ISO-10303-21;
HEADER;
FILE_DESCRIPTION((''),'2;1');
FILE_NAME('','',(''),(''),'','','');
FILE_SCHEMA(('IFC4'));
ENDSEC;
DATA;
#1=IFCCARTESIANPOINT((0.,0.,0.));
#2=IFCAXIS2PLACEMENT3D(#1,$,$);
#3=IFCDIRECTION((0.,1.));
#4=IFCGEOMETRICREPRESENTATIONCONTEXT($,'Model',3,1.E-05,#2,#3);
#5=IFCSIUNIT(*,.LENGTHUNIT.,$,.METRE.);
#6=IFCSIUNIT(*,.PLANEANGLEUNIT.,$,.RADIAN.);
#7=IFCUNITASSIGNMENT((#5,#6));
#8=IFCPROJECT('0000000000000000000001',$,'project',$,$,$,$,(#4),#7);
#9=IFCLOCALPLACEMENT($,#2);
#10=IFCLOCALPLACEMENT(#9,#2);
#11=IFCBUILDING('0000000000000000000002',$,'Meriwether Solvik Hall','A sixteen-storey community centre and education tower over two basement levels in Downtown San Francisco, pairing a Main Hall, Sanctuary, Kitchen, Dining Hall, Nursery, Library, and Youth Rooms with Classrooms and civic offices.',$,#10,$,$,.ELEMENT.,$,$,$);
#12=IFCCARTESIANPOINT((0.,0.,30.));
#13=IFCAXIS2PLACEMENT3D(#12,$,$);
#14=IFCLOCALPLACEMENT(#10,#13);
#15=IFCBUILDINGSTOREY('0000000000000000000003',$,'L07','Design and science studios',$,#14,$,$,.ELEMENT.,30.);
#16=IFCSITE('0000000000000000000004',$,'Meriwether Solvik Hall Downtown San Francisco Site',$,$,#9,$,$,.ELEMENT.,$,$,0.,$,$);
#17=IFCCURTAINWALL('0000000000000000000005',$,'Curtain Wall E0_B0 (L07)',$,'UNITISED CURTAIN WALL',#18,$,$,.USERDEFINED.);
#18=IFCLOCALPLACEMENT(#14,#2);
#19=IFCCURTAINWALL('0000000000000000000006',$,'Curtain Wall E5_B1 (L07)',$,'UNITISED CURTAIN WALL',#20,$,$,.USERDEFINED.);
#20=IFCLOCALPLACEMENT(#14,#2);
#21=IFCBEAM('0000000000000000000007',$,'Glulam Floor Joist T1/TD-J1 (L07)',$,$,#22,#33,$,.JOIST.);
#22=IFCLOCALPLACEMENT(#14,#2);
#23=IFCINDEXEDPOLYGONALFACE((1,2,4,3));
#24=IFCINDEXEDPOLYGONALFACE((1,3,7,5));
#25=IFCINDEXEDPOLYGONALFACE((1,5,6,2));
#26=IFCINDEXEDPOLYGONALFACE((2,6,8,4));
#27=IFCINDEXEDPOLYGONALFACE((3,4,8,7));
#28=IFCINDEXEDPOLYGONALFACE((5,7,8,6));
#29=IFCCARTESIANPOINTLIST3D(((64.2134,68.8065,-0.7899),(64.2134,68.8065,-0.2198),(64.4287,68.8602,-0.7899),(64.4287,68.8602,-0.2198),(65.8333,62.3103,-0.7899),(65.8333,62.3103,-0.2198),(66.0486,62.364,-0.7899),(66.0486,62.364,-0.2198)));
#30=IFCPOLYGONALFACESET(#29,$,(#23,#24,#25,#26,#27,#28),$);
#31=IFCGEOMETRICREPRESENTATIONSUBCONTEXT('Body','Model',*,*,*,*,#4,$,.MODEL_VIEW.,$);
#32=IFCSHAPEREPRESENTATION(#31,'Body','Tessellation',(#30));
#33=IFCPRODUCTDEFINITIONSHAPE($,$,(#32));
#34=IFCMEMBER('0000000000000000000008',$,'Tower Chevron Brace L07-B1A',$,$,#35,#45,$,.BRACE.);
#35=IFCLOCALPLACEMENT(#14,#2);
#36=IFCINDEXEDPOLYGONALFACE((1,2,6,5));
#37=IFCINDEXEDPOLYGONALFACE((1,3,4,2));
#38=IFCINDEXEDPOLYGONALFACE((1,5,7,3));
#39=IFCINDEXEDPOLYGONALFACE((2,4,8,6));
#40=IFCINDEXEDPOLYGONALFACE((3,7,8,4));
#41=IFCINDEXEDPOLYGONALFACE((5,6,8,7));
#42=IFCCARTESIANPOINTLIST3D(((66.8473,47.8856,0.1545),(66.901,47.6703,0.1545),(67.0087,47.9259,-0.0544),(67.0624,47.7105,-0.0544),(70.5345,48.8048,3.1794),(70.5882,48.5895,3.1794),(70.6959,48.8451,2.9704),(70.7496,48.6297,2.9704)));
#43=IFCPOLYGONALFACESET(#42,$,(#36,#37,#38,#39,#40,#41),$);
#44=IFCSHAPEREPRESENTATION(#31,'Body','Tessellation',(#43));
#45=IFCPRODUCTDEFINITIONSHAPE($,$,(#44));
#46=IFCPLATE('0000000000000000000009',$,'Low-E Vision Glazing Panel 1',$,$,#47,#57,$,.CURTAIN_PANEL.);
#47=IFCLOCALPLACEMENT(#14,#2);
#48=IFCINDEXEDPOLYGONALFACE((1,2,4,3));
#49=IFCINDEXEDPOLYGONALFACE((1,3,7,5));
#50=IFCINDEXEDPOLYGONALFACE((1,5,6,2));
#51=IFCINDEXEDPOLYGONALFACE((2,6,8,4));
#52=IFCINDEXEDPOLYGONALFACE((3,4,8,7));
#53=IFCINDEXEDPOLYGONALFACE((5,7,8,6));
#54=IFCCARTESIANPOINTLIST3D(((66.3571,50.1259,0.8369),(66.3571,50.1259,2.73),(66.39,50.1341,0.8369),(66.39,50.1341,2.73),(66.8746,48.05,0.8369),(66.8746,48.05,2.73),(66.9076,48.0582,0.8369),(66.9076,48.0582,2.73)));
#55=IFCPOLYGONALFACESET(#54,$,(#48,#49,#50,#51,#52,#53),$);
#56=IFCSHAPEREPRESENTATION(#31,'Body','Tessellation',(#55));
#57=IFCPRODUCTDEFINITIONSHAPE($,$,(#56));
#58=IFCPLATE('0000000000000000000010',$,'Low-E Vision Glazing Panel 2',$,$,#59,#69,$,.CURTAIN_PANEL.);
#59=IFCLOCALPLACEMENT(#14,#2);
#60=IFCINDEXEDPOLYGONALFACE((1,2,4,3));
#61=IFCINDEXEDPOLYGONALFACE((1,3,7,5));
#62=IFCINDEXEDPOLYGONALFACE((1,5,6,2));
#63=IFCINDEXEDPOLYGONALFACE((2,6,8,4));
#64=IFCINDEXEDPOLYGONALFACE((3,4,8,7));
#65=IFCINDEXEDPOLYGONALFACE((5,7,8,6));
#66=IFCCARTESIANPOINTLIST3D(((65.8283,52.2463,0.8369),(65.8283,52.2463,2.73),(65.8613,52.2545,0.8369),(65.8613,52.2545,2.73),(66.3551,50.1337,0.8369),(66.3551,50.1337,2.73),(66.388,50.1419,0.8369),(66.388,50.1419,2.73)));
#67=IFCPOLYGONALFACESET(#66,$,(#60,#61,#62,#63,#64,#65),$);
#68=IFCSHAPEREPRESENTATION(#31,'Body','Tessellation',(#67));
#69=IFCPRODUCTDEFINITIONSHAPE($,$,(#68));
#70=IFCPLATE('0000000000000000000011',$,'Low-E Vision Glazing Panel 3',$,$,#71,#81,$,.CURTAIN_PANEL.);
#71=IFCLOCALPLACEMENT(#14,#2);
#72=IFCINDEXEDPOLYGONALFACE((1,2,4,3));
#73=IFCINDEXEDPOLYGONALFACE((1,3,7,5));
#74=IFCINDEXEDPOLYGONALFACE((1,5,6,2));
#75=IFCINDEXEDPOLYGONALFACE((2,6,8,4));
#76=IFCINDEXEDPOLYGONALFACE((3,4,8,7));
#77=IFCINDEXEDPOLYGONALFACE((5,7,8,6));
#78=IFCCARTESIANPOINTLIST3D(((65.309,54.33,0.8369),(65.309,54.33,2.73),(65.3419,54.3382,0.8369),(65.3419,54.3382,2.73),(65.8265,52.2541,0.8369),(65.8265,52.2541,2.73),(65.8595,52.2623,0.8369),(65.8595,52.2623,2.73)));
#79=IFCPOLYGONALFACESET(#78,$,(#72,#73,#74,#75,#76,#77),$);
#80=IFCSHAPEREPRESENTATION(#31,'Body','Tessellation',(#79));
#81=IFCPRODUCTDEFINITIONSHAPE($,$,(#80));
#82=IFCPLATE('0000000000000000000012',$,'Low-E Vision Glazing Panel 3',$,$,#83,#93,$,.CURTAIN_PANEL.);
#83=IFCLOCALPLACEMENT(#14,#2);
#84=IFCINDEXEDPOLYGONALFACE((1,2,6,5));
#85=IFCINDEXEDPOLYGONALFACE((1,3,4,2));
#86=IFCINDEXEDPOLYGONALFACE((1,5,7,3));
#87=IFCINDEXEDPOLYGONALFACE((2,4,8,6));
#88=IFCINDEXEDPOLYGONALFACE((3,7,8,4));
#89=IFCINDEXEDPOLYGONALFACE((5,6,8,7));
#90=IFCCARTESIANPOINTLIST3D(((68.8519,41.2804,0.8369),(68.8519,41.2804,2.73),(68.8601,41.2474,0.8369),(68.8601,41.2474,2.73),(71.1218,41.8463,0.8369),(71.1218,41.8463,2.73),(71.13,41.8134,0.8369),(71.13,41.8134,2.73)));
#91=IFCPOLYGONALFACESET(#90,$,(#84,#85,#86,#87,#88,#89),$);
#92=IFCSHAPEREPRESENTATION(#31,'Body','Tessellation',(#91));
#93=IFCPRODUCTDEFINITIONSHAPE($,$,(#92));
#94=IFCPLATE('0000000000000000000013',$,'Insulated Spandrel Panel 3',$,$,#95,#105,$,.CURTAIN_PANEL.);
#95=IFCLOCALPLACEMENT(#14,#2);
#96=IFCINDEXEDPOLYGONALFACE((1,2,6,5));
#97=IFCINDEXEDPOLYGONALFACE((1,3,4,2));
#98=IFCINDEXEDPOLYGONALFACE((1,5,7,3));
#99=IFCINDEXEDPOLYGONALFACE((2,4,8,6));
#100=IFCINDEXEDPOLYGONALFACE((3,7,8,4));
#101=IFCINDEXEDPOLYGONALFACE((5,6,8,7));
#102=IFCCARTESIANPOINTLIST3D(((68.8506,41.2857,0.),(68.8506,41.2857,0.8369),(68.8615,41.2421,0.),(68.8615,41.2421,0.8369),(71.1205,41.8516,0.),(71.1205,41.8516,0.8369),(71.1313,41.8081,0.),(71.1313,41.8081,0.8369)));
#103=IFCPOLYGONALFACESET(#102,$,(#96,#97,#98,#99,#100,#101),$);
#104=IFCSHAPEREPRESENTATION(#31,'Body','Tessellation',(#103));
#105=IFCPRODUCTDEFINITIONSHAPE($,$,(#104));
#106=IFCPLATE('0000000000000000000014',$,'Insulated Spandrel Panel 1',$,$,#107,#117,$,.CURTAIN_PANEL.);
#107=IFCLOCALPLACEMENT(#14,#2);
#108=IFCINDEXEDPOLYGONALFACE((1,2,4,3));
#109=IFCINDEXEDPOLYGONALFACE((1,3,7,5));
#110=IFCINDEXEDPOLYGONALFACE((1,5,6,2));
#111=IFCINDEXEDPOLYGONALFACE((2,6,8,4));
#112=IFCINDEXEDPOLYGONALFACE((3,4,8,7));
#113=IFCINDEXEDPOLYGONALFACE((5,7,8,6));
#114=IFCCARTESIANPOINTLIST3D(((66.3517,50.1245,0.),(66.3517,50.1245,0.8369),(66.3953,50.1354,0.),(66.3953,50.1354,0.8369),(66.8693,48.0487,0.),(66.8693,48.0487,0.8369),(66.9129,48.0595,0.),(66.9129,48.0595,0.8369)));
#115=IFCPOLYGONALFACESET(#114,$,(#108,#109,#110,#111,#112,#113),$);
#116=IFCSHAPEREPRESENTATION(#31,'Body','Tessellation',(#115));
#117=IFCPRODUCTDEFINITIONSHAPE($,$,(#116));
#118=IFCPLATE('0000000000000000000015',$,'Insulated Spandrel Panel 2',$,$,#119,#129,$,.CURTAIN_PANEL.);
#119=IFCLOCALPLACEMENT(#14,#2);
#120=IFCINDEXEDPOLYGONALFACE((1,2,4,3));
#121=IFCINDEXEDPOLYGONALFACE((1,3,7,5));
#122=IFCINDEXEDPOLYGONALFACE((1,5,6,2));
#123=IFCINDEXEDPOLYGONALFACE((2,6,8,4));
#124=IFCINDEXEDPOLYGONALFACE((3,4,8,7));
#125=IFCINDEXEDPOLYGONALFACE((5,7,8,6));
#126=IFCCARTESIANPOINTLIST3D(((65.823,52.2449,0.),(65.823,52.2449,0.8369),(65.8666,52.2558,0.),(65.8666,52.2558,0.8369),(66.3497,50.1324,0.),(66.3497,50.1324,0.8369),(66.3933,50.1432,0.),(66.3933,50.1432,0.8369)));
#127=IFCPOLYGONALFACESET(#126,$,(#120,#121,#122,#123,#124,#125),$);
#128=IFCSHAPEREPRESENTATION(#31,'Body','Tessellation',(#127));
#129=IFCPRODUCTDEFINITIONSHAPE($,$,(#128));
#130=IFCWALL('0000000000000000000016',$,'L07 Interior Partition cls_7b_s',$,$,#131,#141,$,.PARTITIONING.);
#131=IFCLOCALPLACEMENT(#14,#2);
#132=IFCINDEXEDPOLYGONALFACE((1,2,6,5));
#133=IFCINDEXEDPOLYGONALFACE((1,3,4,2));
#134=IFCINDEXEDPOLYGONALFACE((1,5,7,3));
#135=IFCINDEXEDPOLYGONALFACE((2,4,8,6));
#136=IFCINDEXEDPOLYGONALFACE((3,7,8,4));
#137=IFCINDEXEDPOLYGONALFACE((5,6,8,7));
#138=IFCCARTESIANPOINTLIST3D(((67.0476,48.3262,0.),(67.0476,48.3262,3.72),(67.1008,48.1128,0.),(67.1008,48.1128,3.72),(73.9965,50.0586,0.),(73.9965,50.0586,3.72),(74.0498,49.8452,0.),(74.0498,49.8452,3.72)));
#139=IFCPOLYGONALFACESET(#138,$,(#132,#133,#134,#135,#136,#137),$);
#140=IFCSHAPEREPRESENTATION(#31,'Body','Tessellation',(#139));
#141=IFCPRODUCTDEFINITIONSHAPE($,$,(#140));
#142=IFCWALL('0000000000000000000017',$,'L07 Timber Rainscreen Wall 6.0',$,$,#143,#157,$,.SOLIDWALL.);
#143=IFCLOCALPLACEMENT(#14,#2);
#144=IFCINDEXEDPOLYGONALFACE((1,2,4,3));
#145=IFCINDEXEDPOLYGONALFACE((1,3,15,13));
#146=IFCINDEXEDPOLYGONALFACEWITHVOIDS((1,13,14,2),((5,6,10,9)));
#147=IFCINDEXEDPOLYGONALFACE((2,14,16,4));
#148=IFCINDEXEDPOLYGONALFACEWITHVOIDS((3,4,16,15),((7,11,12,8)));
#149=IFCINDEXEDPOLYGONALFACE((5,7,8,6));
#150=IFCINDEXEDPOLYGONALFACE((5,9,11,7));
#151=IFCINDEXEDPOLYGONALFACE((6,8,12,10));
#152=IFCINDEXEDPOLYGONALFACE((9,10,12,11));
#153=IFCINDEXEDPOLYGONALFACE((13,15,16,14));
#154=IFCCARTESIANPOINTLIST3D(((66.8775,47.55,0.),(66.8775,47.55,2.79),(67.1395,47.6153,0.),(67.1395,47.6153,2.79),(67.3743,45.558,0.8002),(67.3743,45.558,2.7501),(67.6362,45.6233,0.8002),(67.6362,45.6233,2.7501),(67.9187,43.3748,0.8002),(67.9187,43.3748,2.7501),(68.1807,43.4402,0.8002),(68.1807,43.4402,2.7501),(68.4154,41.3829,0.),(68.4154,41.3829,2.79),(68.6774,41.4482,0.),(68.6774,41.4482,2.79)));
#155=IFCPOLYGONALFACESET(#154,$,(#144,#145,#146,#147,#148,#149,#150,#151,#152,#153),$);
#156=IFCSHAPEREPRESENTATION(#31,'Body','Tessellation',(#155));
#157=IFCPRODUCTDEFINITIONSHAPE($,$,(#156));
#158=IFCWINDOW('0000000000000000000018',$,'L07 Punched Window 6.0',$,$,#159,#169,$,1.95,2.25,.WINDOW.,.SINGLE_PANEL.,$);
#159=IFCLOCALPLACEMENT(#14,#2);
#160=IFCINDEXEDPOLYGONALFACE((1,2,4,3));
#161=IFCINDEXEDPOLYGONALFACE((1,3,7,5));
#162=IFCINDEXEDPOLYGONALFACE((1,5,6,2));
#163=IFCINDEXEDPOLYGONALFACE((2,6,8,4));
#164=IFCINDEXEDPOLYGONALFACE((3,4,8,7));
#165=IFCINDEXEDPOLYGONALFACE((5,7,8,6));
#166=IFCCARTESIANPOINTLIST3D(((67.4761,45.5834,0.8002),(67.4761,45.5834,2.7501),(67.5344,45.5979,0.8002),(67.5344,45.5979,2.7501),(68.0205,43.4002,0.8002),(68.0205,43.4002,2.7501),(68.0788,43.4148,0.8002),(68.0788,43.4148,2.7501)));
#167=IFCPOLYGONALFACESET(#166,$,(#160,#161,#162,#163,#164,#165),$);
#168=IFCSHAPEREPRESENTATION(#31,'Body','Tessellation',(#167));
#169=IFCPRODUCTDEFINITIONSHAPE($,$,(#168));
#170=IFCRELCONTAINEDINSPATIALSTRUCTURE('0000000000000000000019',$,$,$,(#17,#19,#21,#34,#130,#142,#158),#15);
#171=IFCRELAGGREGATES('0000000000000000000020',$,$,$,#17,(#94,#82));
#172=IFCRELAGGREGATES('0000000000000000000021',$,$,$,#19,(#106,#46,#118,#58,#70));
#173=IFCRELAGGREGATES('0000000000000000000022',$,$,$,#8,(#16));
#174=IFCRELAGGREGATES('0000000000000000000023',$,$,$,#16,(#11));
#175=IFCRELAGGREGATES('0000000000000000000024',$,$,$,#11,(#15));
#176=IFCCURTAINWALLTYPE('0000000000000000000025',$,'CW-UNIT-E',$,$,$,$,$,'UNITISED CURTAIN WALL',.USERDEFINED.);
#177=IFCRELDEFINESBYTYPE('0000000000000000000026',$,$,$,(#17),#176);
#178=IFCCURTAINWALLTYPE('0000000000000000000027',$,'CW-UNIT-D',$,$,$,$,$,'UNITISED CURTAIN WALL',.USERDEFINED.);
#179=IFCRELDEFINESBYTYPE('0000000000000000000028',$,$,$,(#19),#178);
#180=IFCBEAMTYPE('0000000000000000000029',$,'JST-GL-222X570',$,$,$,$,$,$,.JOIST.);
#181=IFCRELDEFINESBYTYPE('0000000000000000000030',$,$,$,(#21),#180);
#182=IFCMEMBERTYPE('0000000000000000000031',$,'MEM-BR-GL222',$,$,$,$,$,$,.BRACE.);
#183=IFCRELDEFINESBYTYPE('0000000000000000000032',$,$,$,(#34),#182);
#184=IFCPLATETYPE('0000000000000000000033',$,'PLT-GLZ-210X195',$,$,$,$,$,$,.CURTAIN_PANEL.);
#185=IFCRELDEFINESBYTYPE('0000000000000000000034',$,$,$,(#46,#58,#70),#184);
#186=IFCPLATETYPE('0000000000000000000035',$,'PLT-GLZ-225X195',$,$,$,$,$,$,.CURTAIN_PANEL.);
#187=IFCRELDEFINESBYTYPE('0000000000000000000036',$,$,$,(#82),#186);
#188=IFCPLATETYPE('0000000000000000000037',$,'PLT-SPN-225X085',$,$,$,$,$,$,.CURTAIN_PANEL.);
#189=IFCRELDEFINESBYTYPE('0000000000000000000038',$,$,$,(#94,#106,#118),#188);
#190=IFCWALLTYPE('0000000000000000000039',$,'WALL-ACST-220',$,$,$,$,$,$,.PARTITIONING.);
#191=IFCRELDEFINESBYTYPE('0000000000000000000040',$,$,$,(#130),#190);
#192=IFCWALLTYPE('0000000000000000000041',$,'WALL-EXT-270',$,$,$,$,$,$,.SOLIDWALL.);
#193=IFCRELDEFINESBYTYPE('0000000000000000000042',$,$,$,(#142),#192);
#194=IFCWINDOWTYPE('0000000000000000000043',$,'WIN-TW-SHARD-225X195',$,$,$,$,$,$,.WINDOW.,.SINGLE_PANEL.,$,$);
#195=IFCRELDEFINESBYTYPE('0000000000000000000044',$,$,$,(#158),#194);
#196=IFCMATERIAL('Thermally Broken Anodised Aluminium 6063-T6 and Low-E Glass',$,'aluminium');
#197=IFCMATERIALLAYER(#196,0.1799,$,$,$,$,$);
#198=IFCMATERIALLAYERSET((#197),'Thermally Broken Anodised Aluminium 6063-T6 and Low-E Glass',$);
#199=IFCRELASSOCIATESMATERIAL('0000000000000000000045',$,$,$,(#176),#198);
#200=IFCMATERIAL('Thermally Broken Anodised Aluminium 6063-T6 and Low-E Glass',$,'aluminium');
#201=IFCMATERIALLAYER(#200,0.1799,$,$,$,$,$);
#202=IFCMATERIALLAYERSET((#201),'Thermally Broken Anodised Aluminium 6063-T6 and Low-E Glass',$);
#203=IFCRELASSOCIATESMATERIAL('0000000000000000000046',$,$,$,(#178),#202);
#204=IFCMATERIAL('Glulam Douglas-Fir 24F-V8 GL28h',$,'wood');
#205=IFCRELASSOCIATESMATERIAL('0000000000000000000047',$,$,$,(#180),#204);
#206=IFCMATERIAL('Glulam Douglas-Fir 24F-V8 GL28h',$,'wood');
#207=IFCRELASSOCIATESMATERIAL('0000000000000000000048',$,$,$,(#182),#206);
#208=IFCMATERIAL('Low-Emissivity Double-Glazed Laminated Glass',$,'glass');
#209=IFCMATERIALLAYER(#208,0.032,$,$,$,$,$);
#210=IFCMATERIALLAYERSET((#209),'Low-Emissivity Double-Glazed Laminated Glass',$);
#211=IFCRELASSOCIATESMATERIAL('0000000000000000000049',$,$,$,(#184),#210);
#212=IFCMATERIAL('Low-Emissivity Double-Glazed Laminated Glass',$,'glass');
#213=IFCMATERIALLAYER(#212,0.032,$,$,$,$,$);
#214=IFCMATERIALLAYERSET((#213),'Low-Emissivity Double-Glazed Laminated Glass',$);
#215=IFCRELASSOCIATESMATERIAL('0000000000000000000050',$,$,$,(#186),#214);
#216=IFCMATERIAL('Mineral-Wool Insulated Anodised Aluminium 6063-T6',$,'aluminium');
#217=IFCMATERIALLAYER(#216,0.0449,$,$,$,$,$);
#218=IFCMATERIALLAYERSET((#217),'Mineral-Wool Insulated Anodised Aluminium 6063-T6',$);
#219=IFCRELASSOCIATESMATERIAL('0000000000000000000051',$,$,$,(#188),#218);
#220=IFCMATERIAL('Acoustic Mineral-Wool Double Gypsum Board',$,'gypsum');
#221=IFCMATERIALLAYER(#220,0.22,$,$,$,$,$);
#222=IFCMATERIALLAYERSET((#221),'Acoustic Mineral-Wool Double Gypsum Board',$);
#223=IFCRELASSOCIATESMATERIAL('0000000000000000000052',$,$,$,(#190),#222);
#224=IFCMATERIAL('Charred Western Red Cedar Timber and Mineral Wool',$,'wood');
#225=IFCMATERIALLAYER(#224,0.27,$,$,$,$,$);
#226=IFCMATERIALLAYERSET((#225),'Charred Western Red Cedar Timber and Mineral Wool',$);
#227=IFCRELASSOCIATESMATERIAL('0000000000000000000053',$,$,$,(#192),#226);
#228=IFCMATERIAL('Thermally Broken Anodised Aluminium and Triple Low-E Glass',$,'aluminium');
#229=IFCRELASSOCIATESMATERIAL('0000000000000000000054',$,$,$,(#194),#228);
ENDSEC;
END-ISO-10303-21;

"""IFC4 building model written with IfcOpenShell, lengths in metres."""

from ifc_helpers import new_model, si_unit, direction, frame, frame_2d, origin, origin_2d, place, context, subcontext, project, spatial, rectangle, extrude, material, layer, layer_set, material_profile, profile_set, type_object, element, fill, aggregate, save


model = new_model("IFC4")

# Units and contexts
model_context = context("Model", 3, precision=1e-05, world=origin(), true_north=direction((0.0, 1.0)))
body_context = subcontext(model_context, "Body", "Model", "MODEL_VIEW")
ifc_project = project(units=[si_unit("LENGTHUNIT", "METRE"), si_unit("PLANEANGLEUNIT", "RADIAN")], contexts=[model_context])

# Site, building, storey
site_placement = place(None, origin())
site = spatial("IfcSite", under=ifc_project, at=site_placement, Name="Meriwether Solvik Hall Downtown San Francisco Site", CompositionType="ELEMENT", RefElevation=0.0)
building_placement = place(site_placement, origin())
building = spatial("IfcBuilding", under=site, at=building_placement, Name="Meriwether Solvik Hall", Description="A sixteen-storey community centre and education tower over two basement levels in Downtown San Francisco, pairing a Main Hall, Sanctuary, Kitchen, Dining Hall, Nursery, Library, and Youth Rooms with Classrooms and civic offices.", CompositionType="ELEMENT")
storey_placement = place(building_placement, frame((0.0, 0.0, 30.0)))
storey = spatial("IfcBuildingStorey", under=building, at=storey_placement, Name="L07", Description="Design and science studios", CompositionType="ELEMENT", Elevation=30.0)

# Curtain walls
ifc_material_1 = material(Name="Thermally Broken Anodised Aluminium 6063-T6 and Low-E Glass", Category="aluminium")
ifc_layer_1 = layer(ifc_material_1, 0.1799)
ifc_layer_set_1 = layer_set([ifc_layer_1], Name="Thermally Broken Anodised Aluminium 6063-T6 and Low-E Glass")
curtain_wall_type_1 = type_object("IfcCurtainWallType", Name="CW-UNIT-E", ElementType="UNITISED CURTAIN WALL", PredefinedType="USERDEFINED", material=ifc_layer_set_1)
curtain_wall_1_placement = place(storey_placement, origin())
curtain_wall_1 = element("IfcCurtainWall", 1, at=curtain_wall_1_placement, inside=storey, type_object=curtain_wall_type_1, Name="Curtain Wall E0_B0 (L07)", ObjectType="UNITISED CURTAIN WALL", PredefinedType="USERDEFINED")
ifc_material_2 = material(Name="Thermally Broken Anodised Aluminium 6063-T6 and Low-E Glass", Category="aluminium")
ifc_layer_2 = layer(ifc_material_2, 0.1799)
ifc_layer_set_2 = layer_set([ifc_layer_2], Name="Thermally Broken Anodised Aluminium 6063-T6 and Low-E Glass")
curtain_wall_type_2 = type_object("IfcCurtainWallType", Name="CW-UNIT-D", ElementType="UNITISED CURTAIN WALL", PredefinedType="USERDEFINED", material=ifc_layer_set_2)
curtain_wall_2_placement = place(storey_placement, origin())
curtain_wall_2 = element("IfcCurtainWall", 2, at=curtain_wall_2_placement, inside=storey, type_object=curtain_wall_type_2, Name="Curtain Wall E5_B1 (L07)", ObjectType="UNITISED CURTAIN WALL", PredefinedType="USERDEFINED")

# Beam
ifc_material_3 = material(Name="Glulam Douglas-Fir 24F-V8 GL28h", Category="wood")
ifc_material_profile_1 = material_profile(ifc_material_3, rectangle(XDim=0.2219, YDim=0.5701, at=origin_2d()), Name="GLJ-222X570")
ifc_profile_set_1 = profile_set([ifc_material_profile_1], Name="Glulam Douglas-Fir 24F-V8 GL28h")
beam_type_1 = type_object("IfcBeamType", Name="JST-GL-222X570", PredefinedType="JOIST", material=ifc_profile_set_1)
beam_1_placement = place(storey_placement, frame((65.9409, 62.3372, -0.5049), z_axis=(-0.241952, 0.970288, 0.0), x_axis=(-0.970288, -0.241952, 0.0)))
element("IfcBeam", 3, at=beam_1_placement, inside=storey, type_object=beam_type_1, Name="Glulam Floor Joist T1/TD-J1 (L07)", PredefinedType="JOIST", context=body_context, shape_type="SweptSolid", body=[
    extrude(rectangle(XDim=0.2219, YDim=0.5701, at=origin_2d()), origin(), (0.0, 0.0, 1.0), 6.6951),
])

# Member
ifc_material_4 = material(Name="Glulam Douglas-Fir 24F-V8 GL28h", Category="wood")
ifc_material_profile_2 = material_profile(ifc_material_4, rectangle(XDim=0.2219, YDim=0.2671, at=origin_2d()), Name="GLM-222X267")
ifc_profile_set_2 = profile_set([ifc_material_profile_2], Name="Glulam Douglas-Fir 24F-V8 GL28h")
member_type_1 = type_object("IfcMemberType", Name="MEM-BR-GL222", PredefinedType="BRACE", material=ifc_profile_set_2)
member_1_placement = place(storey_placement, frame((66.9548, 47.7981, 0.05), z_axis=(0.759158, 0.189249, 0.622788), x_axis=(-0.241886, 0.970305, 0.0)))
element("IfcMember", 4, at=member_1_placement, inside=storey, type_object=member_type_1, Name="Tower Chevron Brace L07-B1A", PredefinedType="BRACE", context=body_context, shape_type="SweptSolid", body=[
    extrude(rectangle(XDim=0.2219, YDim=0.2671, at=origin_2d()), origin(), (0.0, 0.0, 1.0), 4.8569),
])

# Plates
ifc_material_5 = material(Name="Low-Emissivity Double-Glazed Laminated Glass", Category="glass")
ifc_layer_3 = layer(ifc_material_5, 0.032)
ifc_layer_set_3 = layer_set([ifc_layer_3], Name="Low-Emissivity Double-Glazed Laminated Glass")
plate_type_1 = type_object("IfcPlateType", Name="PLT-GLZ-210X195", PredefinedType="CURTAIN_PANEL", material=ifc_layer_set_3)
plate_1_placement = place(storey_placement, frame((66.6323, 49.092, 0.8369), z_axis=(0.0, 0.0, 1.0), x_axis=(-0.241922, 0.970296, 0.0)))
plate_1 = element("IfcPlate", 5, at=plate_1_placement, type_object=plate_type_1, Name="Low-E Vision Glazing Panel 1", PredefinedType="CURTAIN_PANEL", context=body_context, shape_type="SweptSolid", body=[
    extrude(rectangle(XDim=2.1394, YDim=0.0339, at=origin_2d()), origin(), (0.0, 0.0, 1.0), 1.8931),
])
plate_2_placement = place(storey_placement, frame((66.1082, 51.1941, 0.8369), z_axis=(0.0, 0.0, 1.0), x_axis=(-0.241922, 0.970296, 0.0)))
plate_2 = element("IfcPlate", 6, at=plate_2_placement, type_object=plate_type_1, Name="Low-E Vision Glazing Panel 2", PredefinedType="CURTAIN_PANEL", context=body_context, shape_type="SweptSolid", body=[
    extrude(rectangle(XDim=2.1772, YDim=0.0339, at=origin_2d()), origin(), (0.0, 0.0, 1.0), 1.8931),
])
plate_3_placement = place(storey_placement, frame((65.5842, 53.2961, 0.8369), z_axis=(0.0, 0.0, 1.0), x_axis=(-0.241922, 0.970296, 0.0)))
plate_3 = element("IfcPlate", 7, at=plate_3_placement, type_object=plate_type_1, Name="Low-E Vision Glazing Panel 3", PredefinedType="CURTAIN_PANEL", context=body_context, shape_type="SweptSolid", body=[
    extrude(rectangle(XDim=2.1394, YDim=0.0339, at=origin_2d()), origin(), (0.0, 0.0, 1.0), 1.8931),
])
ifc_material_6 = material(Name="Low-Emissivity Double-Glazed Laminated Glass", Category="glass")
ifc_layer_4 = layer(ifc_material_6, 0.032)
ifc_layer_set_4 = layer_set([ifc_layer_4], Name="Low-Emissivity Double-Glazed Laminated Glass")
plate_type_2 = type_object("IfcPlateType", Name="PLT-GLZ-225X195", PredefinedType="CURTAIN_PANEL", material=ifc_layer_set_4)
plate_4_placement = place(storey_placement, frame((69.991, 41.5469, 0.8369), z_axis=(0.0, 0.0, 1.0), x_axis=(-0.970296, -0.241922, 0.0)))
plate_4 = element("IfcPlate", 8, at=plate_4_placement, type_object=plate_type_2, Name="Low-E Vision Glazing Panel 3", PredefinedType="CURTAIN_PANEL", context=body_context, shape_type="SweptSolid", body=[
    extrude(rectangle(XDim=2.3394, YDim=0.0339, at=origin_2d()), origin(), (0.0, 0.0, 1.0), 1.8931),
])
ifc_material_7 = material(Name="Mineral-Wool Insulated Anodised Aluminium 6063-T6", Category="aluminium")
ifc_layer_5 = layer(ifc_material_7, 0.0449)
ifc_layer_set_5 = layer_set([ifc_layer_5], Name="Mineral-Wool Insulated Anodised Aluminium 6063-T6")
plate_type_3 = type_object("IfcPlateType", Name="PLT-SPN-225X085", PredefinedType="CURTAIN_PANEL", material=ifc_layer_set_5)
plate_5_placement = place(storey_placement, frame((69.991, 41.5469, 0.0), z_axis=(0.0, 0.0, 1.0), x_axis=(-0.970296, -0.241922, 0.0)))
plate_5 = element("IfcPlate", 9, at=plate_5_placement, type_object=plate_type_3, Name="Insulated Spandrel Panel 3", PredefinedType="CURTAIN_PANEL", context=body_context, shape_type="SweptSolid", body=[
    extrude(rectangle(XDim=2.3394, YDim=0.0449, at=origin_2d()), origin(), (0.0, 0.0, 1.0), 0.8369),
])
aggregate(curtain_wall_1, [plate_5, plate_4])
plate_6_placement = place(storey_placement, frame((66.6323, 49.092, 0.0), z_axis=(0.0, 0.0, 1.0), x_axis=(-0.241922, 0.970296, 0.0)))
plate_6 = element("IfcPlate", 10, at=plate_6_placement, type_object=plate_type_3, Name="Insulated Spandrel Panel 1", PredefinedType="CURTAIN_PANEL", context=body_context, shape_type="SweptSolid", body=[
    extrude(rectangle(XDim=2.1394, YDim=0.0449, at=origin_2d()), origin(), (0.0, 0.0, 1.0), 0.8369),
])
plate_7_placement = place(storey_placement, frame((66.1082, 51.1941, 0.0), z_axis=(0.0, 0.0, 1.0), x_axis=(-0.241922, 0.970296, 0.0)))
plate_7 = element("IfcPlate", 11, at=plate_7_placement, type_object=plate_type_3, Name="Insulated Spandrel Panel 2", PredefinedType="CURTAIN_PANEL", context=body_context, shape_type="SweptSolid", body=[
    extrude(rectangle(XDim=2.1772, YDim=0.0449, at=origin_2d()), origin(), (0.0, 0.0, 1.0), 0.8369),
])
aggregate(curtain_wall_2, [plate_6, plate_1, plate_7, plate_2, plate_3])

# Wall
ifc_material_8 = material(Name="Acoustic Mineral-Wool Double Gypsum Board", Category="gypsum")
ifc_layer_6 = layer(ifc_material_8, 0.22)
ifc_layer_set_6 = layer_set([ifc_layer_6], Name="Acoustic Mineral-Wool Double Gypsum Board")
wall_type_1 = type_object("IfcWallType", Name="WALL-ACST-220", PredefinedType="PARTITIONING", material=ifc_layer_set_6)
wall_1_placement = place(storey_placement, frame((67.0742, 48.2195, 0.0), z_axis=(0.0, 0.0, 1.0), x_axis=(0.970301, 0.241902, 0.0)))
element("IfcWall", 12, at=wall_1_placement, inside=storey, type_object=wall_type_1, Name="L07 Interior Partition cls_7b_s", PredefinedType="PARTITIONING", context=body_context, shape_type="SweptSolid", body=[
    extrude(rectangle(XDim=7.1616, YDim=0.22, at=frame_2d((3.5808, 0.0))), origin(), (0.0, 0.0, 1.0), 3.72),
])

# Wall, opening, window
ifc_material_9 = material(Name="Charred Western Red Cedar Timber and Mineral Wool", Category="wood")
ifc_layer_7 = layer(ifc_material_9, 0.27)
ifc_layer_set_7 = layer_set([ifc_layer_7], Name="Charred Western Red Cedar Timber and Mineral Wool")
wall_type_2 = type_object("IfcWallType", Name="WALL-EXT-270", PredefinedType="SOLIDWALL", material=ifc_layer_set_7)
wall_2_placement = place(storey_placement, frame((68.5464, 41.4155, 0.0), z_axis=(0.0, 0.0, 1.0), x_axis=(-0.241957, 0.970287, 0.0)))
wall_2 = element("IfcWall", 13, at=wall_2_placement, inside=storey, type_object=wall_type_2, Name="L07 Timber Rainscreen Wall 6.0", PredefinedType="SOLIDWALL", context=body_context, shape_type="SweptSolid", body=[
    extrude(rectangle(XDim=6.356, YDim=0.27, at=frame_2d((3.178, 0.0))), origin(), (0.0, 0.0, 1.0), 2.79),
])
opening_placement = place(wall_2_placement, frame((2.053, 0.0, 0.8)))
opening = element("IfcOpeningElement", 14, at=opening_placement, cuts=wall_2, PredefinedType="OPENING", context=body_context, shape_type="SweptSolid", body=[
    extrude(rectangle(XDim=2.25, YDim=1.95, at=frame_2d((1.125, 0.9751))), frame((0.0, 0.147, 0.0), z_axis=(0.0, -1.0, 0.0), x_axis=(1.0, 0.0, 0.0)), (0.0, 0.0, 1.0), 0.2939),
])
ifc_material_10 = material(Name="Thermally Broken Anodised Aluminium and Triple Low-E Glass", Category="aluminium")
window_type = type_object("IfcWindowType", Name="WIN-TW-SHARD-225X195", PartitioningType="SINGLE_PANEL", PredefinedType="WINDOW", material=ifc_material_10)
window_placement = place(opening_placement, origin())
window = element("IfcWindow", 15, at=window_placement, inside=storey, type_object=window_type, Name="L07 Punched Window 6.0", OverallHeight=1.95, OverallWidth=2.25, PartitioningType="SINGLE_PANEL", PredefinedType="WINDOW", context=body_context, shape_type="SweptSolid", body=[
    extrude(rectangle(XDim=2.25, YDim=1.95, at=frame_2d((1.125, 0.9751))), frame((0.0, 0.03, 0.0), z_axis=(0.0, -1.0, 0.0), x_axis=(1.0, 0.0, 0.0)), (0.0, 0.0, 1.0), 0.0601),
])
fill(opening, window)

save(model, "model.ifc")
